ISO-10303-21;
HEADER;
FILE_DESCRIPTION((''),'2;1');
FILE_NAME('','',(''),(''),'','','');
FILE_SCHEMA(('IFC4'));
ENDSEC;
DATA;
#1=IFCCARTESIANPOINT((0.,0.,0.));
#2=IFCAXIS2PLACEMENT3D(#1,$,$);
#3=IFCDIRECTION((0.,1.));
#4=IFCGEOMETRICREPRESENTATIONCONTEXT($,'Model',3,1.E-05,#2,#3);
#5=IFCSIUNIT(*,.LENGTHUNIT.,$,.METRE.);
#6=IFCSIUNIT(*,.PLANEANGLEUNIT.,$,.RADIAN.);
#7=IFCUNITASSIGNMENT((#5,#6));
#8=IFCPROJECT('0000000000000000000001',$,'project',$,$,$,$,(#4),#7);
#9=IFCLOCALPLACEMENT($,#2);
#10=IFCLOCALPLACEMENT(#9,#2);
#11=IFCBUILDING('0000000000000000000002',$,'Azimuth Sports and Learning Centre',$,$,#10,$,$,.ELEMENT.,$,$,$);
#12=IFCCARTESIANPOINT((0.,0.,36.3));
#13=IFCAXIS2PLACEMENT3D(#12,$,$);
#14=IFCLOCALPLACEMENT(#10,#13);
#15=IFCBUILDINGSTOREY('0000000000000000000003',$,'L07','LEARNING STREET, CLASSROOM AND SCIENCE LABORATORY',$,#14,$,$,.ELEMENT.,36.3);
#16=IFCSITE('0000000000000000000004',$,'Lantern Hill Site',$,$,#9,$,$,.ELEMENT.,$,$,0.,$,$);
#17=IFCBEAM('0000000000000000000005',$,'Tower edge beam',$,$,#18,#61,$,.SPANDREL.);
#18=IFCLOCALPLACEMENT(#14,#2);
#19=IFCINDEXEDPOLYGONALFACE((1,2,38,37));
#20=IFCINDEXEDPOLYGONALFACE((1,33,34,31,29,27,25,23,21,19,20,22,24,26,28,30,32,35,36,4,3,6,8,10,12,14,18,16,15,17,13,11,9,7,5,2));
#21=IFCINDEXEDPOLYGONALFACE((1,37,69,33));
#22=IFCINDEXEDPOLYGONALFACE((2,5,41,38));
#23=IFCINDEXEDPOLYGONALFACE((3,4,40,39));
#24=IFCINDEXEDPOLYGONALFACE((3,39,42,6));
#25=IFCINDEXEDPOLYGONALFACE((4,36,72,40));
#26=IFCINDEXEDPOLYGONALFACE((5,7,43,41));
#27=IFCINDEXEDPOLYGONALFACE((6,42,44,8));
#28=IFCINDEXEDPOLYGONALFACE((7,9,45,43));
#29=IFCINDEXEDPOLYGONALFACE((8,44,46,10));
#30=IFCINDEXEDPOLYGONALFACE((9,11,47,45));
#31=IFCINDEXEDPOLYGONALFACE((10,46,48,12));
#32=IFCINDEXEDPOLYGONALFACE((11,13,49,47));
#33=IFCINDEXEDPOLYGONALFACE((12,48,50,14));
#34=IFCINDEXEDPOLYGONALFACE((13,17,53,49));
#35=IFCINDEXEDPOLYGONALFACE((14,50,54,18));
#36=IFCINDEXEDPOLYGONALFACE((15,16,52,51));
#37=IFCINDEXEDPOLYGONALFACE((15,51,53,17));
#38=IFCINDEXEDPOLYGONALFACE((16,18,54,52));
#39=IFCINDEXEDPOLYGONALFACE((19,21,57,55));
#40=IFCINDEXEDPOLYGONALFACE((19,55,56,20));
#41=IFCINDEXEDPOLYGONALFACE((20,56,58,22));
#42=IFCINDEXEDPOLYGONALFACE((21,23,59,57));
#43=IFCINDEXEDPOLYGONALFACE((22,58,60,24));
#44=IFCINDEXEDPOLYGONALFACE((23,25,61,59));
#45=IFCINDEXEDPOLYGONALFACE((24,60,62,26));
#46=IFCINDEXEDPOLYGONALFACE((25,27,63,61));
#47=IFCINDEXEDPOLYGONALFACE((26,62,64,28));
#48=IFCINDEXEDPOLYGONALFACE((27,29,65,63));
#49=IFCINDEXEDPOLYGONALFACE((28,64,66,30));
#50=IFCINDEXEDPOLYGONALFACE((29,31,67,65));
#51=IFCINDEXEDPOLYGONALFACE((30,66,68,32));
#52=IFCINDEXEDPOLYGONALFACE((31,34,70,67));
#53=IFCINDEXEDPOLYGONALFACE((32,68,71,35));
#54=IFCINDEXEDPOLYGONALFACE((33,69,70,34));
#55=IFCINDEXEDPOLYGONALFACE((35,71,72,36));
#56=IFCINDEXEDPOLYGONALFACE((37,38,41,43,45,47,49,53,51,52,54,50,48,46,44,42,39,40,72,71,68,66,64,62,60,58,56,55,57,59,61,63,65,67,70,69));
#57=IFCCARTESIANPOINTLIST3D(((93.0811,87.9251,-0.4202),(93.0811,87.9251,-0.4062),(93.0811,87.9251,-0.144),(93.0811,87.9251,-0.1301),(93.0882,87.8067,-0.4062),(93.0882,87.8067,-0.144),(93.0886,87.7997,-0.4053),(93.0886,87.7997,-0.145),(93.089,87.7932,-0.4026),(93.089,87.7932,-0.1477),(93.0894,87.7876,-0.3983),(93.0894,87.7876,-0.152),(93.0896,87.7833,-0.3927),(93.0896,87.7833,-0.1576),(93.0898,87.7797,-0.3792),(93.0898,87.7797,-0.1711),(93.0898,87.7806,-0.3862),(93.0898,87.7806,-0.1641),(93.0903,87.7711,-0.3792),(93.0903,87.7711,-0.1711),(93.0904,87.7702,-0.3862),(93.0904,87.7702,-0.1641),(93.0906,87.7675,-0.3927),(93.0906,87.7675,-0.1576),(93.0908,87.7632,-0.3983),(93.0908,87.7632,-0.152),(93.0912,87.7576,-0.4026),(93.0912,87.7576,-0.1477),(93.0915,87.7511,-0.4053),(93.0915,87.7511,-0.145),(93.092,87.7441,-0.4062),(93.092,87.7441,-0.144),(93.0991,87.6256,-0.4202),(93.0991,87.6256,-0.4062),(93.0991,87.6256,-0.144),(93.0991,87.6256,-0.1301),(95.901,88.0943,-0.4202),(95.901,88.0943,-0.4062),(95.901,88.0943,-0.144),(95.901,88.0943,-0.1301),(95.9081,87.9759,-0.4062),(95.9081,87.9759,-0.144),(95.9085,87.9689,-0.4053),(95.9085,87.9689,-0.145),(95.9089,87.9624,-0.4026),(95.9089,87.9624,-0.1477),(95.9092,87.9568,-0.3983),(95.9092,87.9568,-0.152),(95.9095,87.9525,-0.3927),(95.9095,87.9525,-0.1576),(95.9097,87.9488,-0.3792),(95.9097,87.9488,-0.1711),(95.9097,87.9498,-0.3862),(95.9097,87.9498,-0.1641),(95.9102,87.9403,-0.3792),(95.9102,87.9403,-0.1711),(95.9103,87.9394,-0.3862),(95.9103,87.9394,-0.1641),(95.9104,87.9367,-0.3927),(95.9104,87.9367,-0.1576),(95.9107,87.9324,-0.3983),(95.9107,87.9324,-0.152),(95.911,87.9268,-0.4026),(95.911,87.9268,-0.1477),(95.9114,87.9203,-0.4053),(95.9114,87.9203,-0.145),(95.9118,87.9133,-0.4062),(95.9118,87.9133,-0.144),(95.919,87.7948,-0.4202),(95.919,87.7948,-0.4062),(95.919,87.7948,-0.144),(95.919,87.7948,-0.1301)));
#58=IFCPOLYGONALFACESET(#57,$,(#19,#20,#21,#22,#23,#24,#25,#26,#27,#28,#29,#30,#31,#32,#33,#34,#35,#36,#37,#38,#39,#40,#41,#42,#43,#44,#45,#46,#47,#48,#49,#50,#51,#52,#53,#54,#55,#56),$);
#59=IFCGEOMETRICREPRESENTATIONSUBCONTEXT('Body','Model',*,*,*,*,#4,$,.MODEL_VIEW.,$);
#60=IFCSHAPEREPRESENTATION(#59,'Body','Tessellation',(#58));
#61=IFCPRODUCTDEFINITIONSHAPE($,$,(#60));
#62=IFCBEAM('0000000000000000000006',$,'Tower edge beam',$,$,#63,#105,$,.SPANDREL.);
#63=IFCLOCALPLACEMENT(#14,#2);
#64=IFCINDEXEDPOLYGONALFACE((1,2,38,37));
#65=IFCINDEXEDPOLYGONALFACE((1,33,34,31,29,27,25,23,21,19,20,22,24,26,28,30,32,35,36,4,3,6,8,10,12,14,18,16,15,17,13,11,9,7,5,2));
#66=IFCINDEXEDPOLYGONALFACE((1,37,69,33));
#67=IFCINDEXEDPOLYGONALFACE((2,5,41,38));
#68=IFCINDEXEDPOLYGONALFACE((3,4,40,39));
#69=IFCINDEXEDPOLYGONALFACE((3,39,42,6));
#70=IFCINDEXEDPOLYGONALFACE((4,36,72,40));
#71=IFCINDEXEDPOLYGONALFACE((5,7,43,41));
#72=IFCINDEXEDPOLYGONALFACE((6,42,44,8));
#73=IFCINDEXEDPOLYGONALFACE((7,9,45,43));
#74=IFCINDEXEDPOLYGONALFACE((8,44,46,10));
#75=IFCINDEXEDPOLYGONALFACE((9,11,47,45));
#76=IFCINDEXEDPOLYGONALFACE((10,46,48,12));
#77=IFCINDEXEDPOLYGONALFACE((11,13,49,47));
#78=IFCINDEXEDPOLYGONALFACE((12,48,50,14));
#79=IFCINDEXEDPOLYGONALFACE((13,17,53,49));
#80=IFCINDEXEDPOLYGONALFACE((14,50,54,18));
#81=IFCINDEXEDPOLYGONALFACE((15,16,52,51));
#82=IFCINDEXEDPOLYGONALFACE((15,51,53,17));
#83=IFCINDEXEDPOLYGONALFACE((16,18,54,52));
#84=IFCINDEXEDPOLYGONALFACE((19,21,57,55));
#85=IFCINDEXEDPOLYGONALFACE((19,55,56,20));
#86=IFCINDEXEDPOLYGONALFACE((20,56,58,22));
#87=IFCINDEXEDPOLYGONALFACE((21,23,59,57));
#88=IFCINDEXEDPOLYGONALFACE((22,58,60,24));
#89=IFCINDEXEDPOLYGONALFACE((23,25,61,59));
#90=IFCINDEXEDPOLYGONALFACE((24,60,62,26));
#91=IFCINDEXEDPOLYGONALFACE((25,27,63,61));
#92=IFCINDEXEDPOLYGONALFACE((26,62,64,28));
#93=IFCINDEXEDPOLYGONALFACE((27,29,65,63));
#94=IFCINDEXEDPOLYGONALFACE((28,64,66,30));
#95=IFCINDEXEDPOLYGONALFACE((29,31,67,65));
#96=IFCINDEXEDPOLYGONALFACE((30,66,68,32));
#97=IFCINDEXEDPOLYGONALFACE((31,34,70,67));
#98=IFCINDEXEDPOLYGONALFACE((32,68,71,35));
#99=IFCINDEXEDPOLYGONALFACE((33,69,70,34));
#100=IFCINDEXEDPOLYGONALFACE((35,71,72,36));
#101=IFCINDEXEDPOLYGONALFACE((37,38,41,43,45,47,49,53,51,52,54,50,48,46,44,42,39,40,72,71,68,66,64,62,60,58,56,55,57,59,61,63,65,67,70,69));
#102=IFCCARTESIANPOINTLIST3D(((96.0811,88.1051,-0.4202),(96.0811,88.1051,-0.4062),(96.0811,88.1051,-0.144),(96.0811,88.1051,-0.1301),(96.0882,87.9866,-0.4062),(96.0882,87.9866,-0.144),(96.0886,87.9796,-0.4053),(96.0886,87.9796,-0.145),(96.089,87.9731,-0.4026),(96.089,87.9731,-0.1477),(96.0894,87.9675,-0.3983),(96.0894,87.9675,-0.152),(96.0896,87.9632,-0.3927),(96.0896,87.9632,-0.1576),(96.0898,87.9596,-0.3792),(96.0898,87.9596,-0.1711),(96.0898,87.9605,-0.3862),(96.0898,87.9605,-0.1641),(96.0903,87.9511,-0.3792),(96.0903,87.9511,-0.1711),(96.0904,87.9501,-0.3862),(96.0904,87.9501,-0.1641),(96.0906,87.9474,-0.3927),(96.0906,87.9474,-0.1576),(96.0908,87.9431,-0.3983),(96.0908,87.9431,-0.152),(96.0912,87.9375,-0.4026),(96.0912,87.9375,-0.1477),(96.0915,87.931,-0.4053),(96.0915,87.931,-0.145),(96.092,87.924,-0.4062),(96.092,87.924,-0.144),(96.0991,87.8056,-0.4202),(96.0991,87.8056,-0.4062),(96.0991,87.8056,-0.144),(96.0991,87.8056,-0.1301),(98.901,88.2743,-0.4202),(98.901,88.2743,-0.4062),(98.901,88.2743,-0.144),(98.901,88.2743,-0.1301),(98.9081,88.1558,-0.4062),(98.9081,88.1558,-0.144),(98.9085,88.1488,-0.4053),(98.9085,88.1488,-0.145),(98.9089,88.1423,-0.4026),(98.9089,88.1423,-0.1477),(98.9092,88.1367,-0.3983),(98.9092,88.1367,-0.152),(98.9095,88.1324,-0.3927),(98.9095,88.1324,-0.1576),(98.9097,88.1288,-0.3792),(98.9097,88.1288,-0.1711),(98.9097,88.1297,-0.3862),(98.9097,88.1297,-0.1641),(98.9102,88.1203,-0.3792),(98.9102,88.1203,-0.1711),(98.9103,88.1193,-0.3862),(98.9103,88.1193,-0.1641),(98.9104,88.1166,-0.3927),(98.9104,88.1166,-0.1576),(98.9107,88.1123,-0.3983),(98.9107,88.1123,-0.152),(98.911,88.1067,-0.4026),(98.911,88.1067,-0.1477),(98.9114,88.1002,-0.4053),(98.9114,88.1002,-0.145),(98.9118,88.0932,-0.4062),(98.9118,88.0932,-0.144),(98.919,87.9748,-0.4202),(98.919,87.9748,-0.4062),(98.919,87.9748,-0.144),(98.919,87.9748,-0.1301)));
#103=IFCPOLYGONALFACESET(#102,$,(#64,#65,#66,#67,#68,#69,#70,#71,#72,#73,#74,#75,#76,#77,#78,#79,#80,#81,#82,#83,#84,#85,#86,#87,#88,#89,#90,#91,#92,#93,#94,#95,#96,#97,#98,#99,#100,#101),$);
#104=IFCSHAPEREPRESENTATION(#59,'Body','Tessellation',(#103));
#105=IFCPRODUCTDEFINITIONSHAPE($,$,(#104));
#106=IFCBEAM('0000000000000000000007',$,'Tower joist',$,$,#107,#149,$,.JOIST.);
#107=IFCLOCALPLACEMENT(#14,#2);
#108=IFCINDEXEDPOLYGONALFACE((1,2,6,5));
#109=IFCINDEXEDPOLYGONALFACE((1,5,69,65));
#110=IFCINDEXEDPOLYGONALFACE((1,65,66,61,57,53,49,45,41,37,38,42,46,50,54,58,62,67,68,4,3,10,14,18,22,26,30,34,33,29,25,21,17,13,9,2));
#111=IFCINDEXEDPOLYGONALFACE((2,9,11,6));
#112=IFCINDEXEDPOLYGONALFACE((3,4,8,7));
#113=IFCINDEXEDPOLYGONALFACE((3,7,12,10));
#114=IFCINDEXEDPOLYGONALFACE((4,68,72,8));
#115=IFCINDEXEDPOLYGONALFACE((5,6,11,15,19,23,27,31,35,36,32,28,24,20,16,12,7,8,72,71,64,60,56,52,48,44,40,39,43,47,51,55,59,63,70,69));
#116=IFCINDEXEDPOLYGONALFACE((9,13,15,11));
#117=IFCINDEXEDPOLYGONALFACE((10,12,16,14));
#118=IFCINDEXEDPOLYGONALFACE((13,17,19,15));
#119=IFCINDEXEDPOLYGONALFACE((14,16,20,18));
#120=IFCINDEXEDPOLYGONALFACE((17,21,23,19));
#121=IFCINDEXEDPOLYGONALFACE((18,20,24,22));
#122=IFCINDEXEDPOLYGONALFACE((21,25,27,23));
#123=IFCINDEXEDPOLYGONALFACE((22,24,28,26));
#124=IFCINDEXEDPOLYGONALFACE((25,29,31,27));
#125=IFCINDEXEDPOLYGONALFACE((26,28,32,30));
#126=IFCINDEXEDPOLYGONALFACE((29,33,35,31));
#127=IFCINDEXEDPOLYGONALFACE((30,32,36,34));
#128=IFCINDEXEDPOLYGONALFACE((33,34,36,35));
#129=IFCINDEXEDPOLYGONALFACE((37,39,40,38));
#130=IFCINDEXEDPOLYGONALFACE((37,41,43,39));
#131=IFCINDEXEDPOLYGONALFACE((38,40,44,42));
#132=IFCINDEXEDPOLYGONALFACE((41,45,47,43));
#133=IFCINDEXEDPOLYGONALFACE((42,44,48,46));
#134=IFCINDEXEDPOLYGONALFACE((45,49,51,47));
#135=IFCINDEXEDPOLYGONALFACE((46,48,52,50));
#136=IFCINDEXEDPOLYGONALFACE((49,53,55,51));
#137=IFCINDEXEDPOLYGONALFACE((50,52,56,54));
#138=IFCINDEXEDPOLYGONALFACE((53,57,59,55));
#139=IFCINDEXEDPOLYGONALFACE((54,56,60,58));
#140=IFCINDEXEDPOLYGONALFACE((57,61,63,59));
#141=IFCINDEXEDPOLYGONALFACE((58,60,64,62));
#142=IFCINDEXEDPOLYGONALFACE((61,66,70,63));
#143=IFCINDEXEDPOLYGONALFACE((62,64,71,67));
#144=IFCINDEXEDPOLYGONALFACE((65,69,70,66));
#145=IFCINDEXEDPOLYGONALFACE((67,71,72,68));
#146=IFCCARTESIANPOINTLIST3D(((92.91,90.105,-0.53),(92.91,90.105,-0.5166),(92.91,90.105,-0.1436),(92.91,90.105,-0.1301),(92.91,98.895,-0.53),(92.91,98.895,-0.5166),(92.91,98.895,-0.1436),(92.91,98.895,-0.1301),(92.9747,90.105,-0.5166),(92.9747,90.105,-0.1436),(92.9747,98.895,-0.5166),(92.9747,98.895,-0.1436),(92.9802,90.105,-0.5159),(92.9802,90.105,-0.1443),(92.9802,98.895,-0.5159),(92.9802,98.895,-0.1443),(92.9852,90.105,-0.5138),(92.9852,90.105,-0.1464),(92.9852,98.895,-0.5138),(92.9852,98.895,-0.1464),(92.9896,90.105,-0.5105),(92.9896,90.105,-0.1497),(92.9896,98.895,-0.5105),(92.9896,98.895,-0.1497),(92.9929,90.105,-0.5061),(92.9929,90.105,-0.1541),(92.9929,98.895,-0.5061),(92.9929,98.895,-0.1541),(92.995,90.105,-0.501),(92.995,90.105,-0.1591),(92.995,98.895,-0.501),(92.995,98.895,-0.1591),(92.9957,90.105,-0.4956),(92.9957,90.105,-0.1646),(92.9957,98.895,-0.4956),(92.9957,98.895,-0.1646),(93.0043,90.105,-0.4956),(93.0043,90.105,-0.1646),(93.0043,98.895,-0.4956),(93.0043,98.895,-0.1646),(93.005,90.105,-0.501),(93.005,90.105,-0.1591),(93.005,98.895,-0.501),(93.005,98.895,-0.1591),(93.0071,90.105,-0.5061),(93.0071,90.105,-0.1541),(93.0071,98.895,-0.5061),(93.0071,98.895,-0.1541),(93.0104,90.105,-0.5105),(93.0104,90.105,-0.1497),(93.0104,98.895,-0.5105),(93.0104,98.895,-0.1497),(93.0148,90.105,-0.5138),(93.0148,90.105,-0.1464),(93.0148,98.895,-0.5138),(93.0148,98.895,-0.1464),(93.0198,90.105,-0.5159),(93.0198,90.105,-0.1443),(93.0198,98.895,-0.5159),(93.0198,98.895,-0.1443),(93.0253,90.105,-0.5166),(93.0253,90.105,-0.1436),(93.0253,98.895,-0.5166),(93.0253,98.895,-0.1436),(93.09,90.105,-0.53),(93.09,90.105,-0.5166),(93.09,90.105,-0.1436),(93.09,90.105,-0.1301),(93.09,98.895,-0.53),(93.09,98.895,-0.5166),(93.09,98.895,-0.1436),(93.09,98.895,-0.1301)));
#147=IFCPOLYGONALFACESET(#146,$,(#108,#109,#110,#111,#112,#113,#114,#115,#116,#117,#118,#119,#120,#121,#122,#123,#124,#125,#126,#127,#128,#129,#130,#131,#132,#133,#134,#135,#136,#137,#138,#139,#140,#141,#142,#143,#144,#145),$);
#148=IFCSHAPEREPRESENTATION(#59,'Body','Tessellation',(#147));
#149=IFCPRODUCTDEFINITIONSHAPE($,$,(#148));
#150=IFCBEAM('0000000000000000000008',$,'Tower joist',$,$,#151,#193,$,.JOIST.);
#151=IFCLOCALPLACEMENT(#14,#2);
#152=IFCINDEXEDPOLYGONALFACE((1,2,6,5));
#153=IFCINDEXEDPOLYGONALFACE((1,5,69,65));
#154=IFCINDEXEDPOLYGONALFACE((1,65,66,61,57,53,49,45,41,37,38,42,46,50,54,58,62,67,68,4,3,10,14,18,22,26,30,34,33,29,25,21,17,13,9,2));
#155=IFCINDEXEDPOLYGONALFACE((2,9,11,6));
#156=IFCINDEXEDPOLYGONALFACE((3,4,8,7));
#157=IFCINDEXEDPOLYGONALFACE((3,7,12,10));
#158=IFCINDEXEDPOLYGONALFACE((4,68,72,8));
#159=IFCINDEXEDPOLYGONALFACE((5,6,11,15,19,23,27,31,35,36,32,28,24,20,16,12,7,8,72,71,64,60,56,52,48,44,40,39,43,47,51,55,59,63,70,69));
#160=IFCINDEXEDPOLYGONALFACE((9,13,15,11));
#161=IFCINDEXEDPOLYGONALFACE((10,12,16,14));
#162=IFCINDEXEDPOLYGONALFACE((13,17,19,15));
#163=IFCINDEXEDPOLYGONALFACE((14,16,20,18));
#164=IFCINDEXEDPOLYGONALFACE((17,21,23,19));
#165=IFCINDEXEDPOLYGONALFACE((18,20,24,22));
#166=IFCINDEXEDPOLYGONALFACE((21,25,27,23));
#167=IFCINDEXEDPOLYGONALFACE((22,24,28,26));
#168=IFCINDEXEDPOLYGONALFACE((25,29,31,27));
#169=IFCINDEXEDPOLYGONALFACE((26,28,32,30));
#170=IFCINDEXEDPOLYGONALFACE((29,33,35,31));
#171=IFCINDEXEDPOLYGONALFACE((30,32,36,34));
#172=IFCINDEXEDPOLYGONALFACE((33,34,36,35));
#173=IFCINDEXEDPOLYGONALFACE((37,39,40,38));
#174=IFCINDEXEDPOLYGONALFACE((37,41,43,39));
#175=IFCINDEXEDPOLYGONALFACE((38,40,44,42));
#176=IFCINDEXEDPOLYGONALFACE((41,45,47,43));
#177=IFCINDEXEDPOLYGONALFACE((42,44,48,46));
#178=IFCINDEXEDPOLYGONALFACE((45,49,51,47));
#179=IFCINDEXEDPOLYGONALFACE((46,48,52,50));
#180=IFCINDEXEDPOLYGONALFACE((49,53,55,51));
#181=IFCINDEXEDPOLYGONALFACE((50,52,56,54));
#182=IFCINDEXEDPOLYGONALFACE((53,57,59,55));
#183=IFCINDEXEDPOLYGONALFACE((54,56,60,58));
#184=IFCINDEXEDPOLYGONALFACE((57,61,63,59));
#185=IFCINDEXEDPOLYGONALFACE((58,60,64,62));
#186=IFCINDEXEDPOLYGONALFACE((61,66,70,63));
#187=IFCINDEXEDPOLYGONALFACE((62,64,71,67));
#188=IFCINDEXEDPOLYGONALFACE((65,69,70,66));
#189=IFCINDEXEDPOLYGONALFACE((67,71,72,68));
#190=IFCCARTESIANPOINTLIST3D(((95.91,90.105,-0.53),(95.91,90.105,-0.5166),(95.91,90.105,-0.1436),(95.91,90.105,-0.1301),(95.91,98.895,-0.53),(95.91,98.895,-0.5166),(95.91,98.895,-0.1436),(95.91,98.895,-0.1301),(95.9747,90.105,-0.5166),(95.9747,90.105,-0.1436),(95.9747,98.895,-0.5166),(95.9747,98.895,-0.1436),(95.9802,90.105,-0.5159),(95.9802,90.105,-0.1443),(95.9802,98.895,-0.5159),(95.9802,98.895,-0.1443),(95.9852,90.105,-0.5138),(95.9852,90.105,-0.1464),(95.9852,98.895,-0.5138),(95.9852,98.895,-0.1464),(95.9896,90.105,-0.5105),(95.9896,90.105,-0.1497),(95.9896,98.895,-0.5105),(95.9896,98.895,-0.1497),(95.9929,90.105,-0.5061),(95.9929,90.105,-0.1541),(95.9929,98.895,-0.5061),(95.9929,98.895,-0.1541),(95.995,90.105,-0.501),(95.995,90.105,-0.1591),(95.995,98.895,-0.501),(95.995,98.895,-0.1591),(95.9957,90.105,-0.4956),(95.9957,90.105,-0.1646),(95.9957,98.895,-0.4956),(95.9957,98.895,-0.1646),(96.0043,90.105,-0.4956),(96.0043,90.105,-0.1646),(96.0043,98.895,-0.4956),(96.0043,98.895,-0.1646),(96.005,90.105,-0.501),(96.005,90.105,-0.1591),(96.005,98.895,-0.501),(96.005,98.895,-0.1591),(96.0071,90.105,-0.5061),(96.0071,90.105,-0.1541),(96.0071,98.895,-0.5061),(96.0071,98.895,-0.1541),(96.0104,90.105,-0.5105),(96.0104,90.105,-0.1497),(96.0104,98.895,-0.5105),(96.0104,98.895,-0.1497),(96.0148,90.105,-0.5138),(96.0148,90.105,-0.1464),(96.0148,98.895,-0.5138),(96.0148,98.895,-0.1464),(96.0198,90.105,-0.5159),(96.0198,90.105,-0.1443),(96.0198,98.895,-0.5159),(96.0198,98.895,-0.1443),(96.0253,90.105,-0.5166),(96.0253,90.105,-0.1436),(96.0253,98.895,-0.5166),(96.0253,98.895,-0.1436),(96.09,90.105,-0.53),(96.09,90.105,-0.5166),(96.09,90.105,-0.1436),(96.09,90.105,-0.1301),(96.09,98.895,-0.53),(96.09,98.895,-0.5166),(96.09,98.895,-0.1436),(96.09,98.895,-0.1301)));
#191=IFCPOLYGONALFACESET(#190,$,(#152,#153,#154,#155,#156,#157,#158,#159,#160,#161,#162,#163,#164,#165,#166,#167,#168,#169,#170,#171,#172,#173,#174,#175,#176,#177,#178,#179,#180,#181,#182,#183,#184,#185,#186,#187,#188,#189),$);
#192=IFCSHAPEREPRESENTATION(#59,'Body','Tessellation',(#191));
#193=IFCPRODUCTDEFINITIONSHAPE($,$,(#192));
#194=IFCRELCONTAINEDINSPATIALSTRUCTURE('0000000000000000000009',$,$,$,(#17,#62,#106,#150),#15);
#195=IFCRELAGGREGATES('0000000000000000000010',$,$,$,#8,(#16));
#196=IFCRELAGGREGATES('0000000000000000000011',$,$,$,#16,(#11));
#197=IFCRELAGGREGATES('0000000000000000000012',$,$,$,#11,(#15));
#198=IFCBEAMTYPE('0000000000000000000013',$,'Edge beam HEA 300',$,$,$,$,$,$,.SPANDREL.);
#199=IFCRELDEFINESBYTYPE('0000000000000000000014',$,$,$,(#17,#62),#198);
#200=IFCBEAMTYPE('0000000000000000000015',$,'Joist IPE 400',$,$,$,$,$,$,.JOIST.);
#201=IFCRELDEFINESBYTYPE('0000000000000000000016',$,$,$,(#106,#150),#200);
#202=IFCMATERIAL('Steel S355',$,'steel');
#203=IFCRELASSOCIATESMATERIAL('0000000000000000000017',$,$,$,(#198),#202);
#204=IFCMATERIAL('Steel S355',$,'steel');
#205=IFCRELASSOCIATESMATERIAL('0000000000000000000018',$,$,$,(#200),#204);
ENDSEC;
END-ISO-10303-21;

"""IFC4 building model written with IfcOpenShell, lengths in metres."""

from ifc_helpers import new_model, si_unit, direction, frame, origin, origin_2d, place, context, subcontext, project, spatial, i_section, extrude, material, material_profile, profile_set, type_object, element, save


model = new_model("IFC4")

# Units and contexts
model_context = context("Model", 3, precision=1e-05, world=origin(), true_north=direction((0.0, 1.0)))
body_context = subcontext(model_context, "Body", "Model", "MODEL_VIEW")
ifc_project = project(units=[si_unit("LENGTHUNIT", "METRE"), si_unit("PLANEANGLEUNIT", "RADIAN")], contexts=[model_context])

# Site, building, storey
site_placement = place(None, origin())
site = spatial("IfcSite", under=ifc_project, at=site_placement, Name="Lantern Hill Site", CompositionType="ELEMENT", RefElevation=0.0)
building_placement = place(site_placement, origin())
building = spatial("IfcBuilding", under=site, at=building_placement, Name="Azimuth Sports and Learning Centre", CompositionType="ELEMENT")
storey_placement = place(building_placement, frame((0.0, 0.0, 36.3)))
storey = spatial("IfcBuildingStorey", under=building, at=storey_placement, Name="L07", Description="LEARNING STREET, CLASSROOM AND SCIENCE LABORATORY", CompositionType="ELEMENT", Elevation=36.3)

# Beams
ifc_material_1 = material(Name="Steel S355", Category="steel")
ifc_material_profile_1 = material_profile(ifc_material_1, i_section(OverallWidth=0.3, OverallDepth=0.29, WebThickness=0.0085, FlangeThickness=0.0139, FilletRadius=0.0271, at=origin_2d()), Name="HEA 300")
ifc_profile_set_1 = profile_set([ifc_material_profile_1], Name="Steel S355")
beam_type_1 = type_object("IfcBeamType", Name="Edge beam HEA 300", PredefinedType="SPANDREL", material=ifc_profile_set_1)
for number, where, z_axis, x_axis, name in (
    (1, (93.0901, 87.7754, -0.2751), (0.998205, 0.059892, 0.0), (-0.059892, 0.998205, 0.0), "Tower edge beam"),
    (2, (96.0901, 87.9553, -0.2751), (0.998205, 0.059892, 0.0), (-0.059892, 0.998205, 0.0), "Tower edge beam"),
):
    element("IfcBeam", number, at=place(storey_placement, frame(where, z_axis=z_axis, x_axis=x_axis)), inside=storey, type_object=beam_type_1, Name=name, PredefinedType="SPANDREL", context=body_context, shape_type="SweptSolid", body=[
        extrude(i_section(OverallWidth=0.3, OverallDepth=0.29, WebThickness=0.0085, FlangeThickness=0.0139, FilletRadius=0.0271, at=origin_2d()), origin(), (0.0, 0.0, 1.0), 2.825),
    ])
ifc_material_2 = material(Name="Steel S355", Category="steel")
ifc_material_profile_2 = material_profile(ifc_material_2, i_section(OverallWidth=0.1799, OverallDepth=0.3999, WebThickness=0.0085, FlangeThickness=0.0134, FilletRadius=0.021, at=origin_2d()), Name="IPE 400")
ifc_profile_set_2 = profile_set([ifc_material_profile_2], Name="Steel S355")
beam_type_2 = type_object("IfcBeamType", Name="Joist IPE 400", PredefinedType="JOIST", material=ifc_profile_set_2)
for number, where, z_axis, x_axis, name in (
    (3, (93.0, 90.105, -0.3301), (0.0, 1.0, 0.0), (-1.0, 0.0, 0.0), "Tower joist"),
    (4, (96.0, 90.105, -0.3301), (0.0, 1.0, 0.0), (-1.0, 0.0, 0.0), "Tower joist"),
):
    element("IfcBeam", number, at=place(storey_placement, frame(where, z_axis=z_axis, x_axis=x_axis)), inside=storey, type_object=beam_type_2, Name=name, PredefinedType="JOIST", context=body_context, shape_type="SweptSolid", body=[
        extrude(i_section(OverallWidth=0.1799, OverallDepth=0.3999, WebThickness=0.0085, FlangeThickness=0.0134, FilletRadius=0.021, at=origin_2d()), origin(), (0.0, 0.0, 1.0), 8.79),
    ])

save(model, "model.ifc")
